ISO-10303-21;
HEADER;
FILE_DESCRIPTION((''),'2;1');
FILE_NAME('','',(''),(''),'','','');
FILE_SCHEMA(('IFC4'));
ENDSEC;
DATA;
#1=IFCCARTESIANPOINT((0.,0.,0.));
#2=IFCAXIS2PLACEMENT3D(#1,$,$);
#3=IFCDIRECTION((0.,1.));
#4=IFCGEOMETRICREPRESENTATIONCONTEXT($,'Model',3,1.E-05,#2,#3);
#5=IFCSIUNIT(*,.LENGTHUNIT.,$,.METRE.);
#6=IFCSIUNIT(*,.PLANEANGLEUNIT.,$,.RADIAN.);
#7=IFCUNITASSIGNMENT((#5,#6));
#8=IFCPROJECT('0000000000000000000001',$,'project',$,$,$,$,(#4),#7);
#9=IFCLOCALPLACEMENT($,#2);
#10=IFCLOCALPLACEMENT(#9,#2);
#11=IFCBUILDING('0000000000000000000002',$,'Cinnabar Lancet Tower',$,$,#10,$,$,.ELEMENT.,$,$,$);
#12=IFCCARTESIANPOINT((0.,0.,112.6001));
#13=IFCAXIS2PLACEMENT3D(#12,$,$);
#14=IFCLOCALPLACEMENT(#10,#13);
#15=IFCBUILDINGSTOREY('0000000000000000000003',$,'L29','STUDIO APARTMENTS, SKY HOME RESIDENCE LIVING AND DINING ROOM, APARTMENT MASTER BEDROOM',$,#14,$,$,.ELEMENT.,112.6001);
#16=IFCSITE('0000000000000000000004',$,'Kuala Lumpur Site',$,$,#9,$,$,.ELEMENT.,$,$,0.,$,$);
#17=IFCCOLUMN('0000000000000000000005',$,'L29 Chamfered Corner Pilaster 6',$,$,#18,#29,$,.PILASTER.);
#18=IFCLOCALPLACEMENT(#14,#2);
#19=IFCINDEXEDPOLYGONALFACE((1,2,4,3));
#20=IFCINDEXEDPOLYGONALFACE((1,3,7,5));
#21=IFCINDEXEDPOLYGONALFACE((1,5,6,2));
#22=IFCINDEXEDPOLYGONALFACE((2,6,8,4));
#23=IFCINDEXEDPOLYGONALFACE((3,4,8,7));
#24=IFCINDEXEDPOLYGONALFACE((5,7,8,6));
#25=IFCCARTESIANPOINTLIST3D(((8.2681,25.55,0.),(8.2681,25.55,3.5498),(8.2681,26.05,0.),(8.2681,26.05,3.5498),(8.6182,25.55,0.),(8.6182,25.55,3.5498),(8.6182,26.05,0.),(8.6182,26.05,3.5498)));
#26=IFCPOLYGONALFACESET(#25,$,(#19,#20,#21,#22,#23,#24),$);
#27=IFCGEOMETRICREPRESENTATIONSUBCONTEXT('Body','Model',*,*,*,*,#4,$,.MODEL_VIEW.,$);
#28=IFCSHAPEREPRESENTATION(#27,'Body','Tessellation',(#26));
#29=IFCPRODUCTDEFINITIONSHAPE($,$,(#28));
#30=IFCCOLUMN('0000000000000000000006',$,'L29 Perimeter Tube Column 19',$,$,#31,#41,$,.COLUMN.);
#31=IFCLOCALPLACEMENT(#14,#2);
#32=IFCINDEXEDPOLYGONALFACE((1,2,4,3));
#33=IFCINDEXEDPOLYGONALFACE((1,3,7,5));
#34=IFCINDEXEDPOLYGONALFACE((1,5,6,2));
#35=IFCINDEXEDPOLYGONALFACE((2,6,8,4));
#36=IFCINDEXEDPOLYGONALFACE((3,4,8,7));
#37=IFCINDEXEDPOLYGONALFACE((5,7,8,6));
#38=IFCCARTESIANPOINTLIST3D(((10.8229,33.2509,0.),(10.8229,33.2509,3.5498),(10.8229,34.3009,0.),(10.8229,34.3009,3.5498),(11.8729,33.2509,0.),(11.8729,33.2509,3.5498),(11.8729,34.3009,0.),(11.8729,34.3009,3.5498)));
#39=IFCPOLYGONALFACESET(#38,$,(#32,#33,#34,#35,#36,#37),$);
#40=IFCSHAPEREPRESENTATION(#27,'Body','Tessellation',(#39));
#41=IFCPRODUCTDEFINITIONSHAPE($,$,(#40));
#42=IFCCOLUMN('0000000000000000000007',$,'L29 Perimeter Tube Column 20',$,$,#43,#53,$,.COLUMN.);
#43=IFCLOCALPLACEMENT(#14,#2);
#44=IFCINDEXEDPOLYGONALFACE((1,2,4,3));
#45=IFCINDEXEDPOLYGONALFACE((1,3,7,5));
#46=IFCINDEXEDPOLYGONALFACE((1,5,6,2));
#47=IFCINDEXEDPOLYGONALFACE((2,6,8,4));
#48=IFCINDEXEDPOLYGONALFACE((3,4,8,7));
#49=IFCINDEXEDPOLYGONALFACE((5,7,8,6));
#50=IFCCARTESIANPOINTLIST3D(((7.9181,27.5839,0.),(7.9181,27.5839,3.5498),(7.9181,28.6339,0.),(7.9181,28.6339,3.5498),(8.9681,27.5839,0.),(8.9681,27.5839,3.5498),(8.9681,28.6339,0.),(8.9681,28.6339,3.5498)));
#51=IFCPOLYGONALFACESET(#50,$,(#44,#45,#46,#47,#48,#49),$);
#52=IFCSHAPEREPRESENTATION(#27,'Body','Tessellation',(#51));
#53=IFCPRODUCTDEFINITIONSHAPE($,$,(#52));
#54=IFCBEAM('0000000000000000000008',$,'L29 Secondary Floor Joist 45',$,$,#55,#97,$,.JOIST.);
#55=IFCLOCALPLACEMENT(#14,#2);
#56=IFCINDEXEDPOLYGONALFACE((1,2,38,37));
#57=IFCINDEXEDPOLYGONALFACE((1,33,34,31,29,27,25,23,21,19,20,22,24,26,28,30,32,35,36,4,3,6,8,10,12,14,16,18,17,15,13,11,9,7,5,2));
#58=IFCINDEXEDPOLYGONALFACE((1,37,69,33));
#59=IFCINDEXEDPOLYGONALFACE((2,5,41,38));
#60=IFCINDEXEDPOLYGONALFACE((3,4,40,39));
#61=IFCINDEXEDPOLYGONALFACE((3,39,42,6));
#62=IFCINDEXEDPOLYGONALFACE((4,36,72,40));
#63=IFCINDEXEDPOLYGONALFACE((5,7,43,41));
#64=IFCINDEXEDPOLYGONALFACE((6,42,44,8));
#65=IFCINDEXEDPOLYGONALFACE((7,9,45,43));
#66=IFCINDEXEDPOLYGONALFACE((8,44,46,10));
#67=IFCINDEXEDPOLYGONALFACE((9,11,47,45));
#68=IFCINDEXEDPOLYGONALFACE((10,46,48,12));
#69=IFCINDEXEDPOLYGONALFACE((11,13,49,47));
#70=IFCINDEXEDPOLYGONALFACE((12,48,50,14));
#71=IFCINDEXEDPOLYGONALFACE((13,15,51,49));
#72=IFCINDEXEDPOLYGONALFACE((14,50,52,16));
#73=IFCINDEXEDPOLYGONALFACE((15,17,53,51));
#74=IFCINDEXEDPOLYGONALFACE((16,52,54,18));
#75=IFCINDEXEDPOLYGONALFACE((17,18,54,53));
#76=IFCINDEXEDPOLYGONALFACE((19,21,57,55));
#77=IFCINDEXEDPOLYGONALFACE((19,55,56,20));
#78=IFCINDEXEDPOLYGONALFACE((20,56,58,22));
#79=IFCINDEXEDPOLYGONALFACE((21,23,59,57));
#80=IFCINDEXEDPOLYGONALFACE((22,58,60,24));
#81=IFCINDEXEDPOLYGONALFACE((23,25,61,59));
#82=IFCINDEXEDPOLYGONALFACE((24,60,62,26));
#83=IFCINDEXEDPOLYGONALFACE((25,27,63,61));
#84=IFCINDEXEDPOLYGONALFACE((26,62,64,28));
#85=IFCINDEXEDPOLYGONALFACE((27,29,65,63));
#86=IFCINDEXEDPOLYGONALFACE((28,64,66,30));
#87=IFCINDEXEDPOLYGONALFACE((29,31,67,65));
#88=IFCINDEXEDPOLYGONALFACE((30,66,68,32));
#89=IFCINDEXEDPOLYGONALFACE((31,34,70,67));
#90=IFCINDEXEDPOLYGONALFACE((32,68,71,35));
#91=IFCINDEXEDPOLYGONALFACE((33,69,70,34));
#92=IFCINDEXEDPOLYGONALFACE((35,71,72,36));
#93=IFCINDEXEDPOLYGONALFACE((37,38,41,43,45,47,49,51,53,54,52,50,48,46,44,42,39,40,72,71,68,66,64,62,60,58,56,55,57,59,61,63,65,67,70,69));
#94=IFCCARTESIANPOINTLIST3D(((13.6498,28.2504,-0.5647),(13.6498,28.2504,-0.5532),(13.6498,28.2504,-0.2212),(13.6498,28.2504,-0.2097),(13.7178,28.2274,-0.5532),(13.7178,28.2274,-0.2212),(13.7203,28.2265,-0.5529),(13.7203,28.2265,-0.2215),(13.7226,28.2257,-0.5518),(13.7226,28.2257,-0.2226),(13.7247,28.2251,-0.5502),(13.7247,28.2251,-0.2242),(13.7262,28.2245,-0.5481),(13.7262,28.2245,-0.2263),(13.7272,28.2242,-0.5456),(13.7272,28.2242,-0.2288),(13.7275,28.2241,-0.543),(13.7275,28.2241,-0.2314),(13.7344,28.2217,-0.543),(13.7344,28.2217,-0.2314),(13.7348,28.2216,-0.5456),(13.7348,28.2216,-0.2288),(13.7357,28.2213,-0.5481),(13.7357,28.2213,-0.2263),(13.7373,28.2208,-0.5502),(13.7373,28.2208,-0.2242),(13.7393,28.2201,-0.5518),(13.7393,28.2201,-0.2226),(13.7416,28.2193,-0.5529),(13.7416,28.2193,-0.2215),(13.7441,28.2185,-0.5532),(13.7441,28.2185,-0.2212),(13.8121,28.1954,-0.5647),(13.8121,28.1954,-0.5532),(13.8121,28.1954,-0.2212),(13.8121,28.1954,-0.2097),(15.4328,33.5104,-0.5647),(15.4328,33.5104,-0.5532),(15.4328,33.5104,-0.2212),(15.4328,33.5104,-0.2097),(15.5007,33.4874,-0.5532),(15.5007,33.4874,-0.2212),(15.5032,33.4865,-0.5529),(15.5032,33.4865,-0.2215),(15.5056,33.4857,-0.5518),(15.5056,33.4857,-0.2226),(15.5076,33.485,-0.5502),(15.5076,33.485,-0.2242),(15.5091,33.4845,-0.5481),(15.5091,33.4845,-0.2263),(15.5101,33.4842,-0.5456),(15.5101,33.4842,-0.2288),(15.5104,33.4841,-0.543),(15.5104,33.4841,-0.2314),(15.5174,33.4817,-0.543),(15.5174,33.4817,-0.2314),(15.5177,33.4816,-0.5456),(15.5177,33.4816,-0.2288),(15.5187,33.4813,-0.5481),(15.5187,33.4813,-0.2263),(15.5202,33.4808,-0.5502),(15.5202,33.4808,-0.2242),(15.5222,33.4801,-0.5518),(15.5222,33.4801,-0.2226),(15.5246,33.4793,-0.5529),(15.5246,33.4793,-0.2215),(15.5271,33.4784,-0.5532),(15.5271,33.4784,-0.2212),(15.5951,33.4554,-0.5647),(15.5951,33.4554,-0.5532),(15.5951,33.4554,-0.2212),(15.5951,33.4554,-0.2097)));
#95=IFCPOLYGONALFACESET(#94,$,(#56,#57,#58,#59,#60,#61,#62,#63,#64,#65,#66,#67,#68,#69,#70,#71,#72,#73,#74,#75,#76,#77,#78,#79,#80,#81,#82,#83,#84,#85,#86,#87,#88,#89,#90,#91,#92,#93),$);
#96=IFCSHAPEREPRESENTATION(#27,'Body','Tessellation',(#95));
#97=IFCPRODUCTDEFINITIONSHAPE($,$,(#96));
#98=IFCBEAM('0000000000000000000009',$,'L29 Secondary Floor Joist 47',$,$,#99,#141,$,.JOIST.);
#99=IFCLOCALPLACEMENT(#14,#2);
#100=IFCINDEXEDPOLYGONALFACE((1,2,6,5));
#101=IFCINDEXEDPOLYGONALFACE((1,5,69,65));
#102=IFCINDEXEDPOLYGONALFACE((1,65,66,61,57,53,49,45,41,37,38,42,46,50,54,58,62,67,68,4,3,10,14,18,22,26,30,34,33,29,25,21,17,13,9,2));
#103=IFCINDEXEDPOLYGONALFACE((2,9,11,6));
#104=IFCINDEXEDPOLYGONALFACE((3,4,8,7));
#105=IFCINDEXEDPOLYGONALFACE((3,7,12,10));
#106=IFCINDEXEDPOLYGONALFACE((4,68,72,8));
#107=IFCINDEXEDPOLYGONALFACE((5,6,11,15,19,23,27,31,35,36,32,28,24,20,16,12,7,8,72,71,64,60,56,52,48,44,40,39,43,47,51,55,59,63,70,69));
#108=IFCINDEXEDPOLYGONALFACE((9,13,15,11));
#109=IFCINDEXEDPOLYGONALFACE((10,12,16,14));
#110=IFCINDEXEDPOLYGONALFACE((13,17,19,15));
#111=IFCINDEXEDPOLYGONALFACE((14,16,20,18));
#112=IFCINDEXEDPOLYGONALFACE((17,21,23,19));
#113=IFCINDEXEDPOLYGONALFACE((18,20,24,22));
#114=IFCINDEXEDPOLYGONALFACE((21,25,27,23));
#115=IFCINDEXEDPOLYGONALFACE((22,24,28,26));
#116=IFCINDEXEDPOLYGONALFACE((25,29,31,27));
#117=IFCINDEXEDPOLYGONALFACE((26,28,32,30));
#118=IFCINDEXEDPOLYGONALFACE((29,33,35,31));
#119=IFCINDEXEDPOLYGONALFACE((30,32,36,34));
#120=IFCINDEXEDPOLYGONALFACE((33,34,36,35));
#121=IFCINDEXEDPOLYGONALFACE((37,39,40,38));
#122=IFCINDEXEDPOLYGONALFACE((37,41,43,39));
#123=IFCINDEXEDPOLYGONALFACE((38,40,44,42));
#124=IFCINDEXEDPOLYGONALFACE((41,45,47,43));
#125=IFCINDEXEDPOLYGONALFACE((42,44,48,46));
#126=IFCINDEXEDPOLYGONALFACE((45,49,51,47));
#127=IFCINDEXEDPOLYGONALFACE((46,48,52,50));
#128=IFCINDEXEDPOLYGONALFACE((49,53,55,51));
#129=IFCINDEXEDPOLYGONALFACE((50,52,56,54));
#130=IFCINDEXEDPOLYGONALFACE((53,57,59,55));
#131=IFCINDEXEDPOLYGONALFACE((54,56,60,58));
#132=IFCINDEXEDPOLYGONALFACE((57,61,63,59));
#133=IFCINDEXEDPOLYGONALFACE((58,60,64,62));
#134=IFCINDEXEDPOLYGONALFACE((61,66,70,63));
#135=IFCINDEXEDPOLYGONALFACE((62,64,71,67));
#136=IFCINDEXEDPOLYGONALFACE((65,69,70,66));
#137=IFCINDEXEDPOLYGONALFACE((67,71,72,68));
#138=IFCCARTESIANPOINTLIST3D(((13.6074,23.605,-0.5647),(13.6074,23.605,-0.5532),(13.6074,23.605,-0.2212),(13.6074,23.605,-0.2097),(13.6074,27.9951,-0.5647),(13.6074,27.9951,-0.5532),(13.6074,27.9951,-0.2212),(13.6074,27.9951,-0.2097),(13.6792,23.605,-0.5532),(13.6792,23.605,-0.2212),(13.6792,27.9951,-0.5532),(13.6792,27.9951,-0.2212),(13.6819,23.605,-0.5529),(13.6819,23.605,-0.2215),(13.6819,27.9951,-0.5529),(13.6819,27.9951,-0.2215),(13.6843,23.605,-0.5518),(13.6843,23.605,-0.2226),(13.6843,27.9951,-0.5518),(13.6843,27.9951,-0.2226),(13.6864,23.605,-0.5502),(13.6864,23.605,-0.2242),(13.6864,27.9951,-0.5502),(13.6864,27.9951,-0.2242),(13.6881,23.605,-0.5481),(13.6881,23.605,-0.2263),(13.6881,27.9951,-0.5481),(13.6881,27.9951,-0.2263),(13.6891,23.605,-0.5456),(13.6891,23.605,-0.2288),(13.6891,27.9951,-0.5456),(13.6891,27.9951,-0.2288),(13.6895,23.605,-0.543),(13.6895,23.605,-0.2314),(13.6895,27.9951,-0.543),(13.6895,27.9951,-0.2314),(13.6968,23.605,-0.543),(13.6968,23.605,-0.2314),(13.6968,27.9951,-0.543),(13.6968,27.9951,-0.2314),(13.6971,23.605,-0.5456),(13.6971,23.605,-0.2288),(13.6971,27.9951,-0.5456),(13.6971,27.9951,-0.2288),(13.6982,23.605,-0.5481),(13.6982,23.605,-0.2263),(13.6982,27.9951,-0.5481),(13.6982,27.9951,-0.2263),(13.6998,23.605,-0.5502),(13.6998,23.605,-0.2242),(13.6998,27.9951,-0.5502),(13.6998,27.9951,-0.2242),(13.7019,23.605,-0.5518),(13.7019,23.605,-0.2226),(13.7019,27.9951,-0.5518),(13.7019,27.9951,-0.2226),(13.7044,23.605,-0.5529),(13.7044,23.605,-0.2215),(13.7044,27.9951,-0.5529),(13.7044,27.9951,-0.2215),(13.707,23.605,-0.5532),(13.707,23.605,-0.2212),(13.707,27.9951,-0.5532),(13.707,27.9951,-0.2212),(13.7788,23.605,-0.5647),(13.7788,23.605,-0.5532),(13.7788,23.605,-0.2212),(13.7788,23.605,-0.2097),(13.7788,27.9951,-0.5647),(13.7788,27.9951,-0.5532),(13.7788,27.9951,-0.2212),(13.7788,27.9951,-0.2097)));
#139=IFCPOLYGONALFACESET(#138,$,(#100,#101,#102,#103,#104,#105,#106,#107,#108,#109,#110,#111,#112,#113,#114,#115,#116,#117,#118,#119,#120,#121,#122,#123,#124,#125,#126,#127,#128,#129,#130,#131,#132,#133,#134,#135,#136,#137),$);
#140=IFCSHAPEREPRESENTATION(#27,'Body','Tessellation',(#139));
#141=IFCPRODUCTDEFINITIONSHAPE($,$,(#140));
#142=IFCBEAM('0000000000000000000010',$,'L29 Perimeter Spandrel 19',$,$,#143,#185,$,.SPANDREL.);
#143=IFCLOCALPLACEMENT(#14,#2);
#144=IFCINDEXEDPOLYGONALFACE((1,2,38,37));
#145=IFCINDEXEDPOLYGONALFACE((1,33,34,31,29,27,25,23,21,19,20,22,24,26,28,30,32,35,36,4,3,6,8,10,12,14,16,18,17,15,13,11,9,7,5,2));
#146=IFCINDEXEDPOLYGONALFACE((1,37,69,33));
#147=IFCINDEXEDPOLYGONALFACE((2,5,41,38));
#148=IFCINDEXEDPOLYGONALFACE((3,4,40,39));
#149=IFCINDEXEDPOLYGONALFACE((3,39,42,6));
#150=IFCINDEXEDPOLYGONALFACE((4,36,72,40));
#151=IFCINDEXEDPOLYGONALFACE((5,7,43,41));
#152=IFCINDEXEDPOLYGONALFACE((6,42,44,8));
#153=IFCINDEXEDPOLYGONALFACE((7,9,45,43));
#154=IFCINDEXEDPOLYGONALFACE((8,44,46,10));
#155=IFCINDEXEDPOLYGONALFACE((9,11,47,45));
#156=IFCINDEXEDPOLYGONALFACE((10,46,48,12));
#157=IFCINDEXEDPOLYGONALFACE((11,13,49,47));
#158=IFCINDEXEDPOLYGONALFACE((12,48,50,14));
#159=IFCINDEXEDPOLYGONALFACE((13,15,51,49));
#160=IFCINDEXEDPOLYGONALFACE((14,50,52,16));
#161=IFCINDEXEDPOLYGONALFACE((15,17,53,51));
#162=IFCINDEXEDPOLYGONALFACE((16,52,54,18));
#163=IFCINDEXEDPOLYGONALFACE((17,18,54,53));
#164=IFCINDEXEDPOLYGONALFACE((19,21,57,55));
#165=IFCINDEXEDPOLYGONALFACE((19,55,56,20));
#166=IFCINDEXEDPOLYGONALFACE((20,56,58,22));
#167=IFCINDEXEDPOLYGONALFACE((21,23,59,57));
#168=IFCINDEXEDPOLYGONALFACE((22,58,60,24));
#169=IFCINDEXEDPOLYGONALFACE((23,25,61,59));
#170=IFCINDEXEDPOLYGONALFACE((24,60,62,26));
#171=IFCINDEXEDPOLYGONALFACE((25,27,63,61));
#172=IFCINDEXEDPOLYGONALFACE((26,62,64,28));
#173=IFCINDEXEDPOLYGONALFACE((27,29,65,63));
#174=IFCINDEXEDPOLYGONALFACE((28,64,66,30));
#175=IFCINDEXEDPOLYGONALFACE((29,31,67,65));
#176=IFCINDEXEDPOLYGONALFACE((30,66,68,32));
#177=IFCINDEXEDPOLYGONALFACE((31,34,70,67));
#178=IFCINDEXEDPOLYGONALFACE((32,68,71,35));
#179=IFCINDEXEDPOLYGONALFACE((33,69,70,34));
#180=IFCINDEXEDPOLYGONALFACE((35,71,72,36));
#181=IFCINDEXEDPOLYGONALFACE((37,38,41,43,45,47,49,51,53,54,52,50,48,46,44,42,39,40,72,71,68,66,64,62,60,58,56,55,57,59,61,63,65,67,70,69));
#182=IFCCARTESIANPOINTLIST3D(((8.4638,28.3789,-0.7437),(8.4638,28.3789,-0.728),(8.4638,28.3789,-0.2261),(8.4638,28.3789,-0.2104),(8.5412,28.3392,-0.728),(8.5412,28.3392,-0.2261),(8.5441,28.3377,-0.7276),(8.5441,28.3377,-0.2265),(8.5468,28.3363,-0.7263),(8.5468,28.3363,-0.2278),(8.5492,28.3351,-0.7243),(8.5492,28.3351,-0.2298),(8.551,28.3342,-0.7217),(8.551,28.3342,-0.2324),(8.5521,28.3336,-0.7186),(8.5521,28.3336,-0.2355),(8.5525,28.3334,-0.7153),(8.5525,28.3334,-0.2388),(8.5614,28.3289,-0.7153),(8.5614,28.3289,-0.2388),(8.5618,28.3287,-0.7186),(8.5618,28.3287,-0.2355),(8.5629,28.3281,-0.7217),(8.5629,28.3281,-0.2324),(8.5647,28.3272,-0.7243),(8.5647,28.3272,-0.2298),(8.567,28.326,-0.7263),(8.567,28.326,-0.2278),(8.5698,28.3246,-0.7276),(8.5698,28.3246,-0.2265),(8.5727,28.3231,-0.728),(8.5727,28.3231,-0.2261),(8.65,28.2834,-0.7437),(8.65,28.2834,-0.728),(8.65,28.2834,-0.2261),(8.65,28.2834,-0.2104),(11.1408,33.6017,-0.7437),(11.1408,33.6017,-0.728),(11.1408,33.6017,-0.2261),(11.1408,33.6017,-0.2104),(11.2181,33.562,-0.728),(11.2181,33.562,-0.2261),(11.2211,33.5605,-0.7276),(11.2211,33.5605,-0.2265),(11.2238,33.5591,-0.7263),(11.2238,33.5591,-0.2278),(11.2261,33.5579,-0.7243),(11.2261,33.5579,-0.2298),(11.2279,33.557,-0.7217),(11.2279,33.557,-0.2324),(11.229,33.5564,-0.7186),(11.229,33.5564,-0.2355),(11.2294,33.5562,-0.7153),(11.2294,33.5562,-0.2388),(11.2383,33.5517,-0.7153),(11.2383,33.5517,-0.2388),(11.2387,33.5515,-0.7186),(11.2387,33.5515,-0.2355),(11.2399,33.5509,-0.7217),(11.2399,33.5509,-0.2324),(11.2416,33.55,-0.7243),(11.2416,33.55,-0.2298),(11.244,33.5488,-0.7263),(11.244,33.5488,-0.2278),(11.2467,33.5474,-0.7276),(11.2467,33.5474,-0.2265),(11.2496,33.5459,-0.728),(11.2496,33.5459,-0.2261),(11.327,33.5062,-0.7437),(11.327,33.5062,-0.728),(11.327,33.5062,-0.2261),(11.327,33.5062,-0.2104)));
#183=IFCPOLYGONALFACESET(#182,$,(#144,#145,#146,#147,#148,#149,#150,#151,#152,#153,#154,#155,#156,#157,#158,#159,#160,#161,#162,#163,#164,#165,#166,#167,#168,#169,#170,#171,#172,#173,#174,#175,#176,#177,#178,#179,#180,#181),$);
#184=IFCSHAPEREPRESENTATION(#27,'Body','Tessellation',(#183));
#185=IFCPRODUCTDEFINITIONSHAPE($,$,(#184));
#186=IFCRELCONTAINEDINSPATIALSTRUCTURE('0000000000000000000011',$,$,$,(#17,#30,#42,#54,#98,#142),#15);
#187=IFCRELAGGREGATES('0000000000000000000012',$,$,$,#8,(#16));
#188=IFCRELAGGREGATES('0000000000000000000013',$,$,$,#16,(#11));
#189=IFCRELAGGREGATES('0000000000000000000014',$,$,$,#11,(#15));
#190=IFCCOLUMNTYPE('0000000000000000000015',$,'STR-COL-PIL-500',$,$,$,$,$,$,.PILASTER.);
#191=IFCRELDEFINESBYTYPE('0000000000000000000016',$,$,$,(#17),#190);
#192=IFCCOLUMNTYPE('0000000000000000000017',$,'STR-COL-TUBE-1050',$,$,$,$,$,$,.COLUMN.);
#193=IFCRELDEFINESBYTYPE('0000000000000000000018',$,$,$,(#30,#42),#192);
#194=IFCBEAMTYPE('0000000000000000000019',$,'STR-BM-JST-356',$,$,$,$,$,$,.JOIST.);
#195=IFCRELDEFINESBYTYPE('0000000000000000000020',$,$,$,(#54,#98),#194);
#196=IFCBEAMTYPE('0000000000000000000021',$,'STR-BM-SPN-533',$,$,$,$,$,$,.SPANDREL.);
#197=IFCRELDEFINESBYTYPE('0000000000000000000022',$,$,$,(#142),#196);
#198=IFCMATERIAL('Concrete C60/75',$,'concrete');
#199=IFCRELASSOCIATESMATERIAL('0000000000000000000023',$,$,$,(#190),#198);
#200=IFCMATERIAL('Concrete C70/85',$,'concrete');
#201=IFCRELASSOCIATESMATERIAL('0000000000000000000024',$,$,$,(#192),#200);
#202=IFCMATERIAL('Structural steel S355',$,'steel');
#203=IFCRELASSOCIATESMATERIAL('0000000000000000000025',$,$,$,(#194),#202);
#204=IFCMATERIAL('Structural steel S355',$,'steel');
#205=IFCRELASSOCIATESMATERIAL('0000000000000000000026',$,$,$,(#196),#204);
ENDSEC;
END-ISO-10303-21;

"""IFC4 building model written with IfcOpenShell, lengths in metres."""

from ifc_helpers import new_model, si_unit, direction, frame, origin, origin_2d, place, context, subcontext, project, spatial, rectangle, i_section, extrude, material, material_profile, profile_set, type_object, element, save


model = new_model("IFC4")

# Units and contexts
model_context = context("Model", 3, precision=1e-05, world=origin(), true_north=direction((0.0, 1.0)))
body_context = subcontext(model_context, "Body", "Model", "MODEL_VIEW")
ifc_project = project(units=[si_unit("LENGTHUNIT", "METRE"), si_unit("PLANEANGLEUNIT", "RADIAN")], contexts=[model_context])

# Site, building, storey
site_placement = place(None, origin())
site = spatial("IfcSite", under=ifc_project, at=site_placement, Name="Kuala Lumpur Site", CompositionType="ELEMENT", RefElevation=0.0)
building_placement = place(site_placement, origin())
building = spatial("IfcBuilding", under=site, at=building_placement, Name="Cinnabar Lancet Tower", CompositionType="ELEMENT")
storey_placement = place(building_placement, frame((0.0, 0.0, 112.6001)))
storey = spatial("IfcBuildingStorey", under=building, at=storey_placement, Name="L29", Description="STUDIO APARTMENTS, SKY HOME RESIDENCE LIVING AND DINING ROOM, APARTMENT MASTER BEDROOM", CompositionType="ELEMENT", Elevation=112.6001)

# Columns
ifc_material_1 = material(Name="Concrete C60/75", Category="concrete")
ifc_material_profile_1 = material_profile(ifc_material_1, rectangle(XDim=0.5, YDim=0.3501, at=origin_2d()), Name="RC-PIL 500x350")
ifc_profile_set_1 = profile_set([ifc_material_profile_1], Name="Concrete C60/75")
column_type_1 = type_object("IfcColumnType", Name="STR-COL-PIL-500", PredefinedType="PILASTER", material=ifc_profile_set_1)
column_placement = place(storey_placement, frame((8.4431, 25.8, 0.0), z_axis=(0.0, 0.0, 1.0), x_axis=(0.0, -1.0, 0.0)))
element("IfcColumn", 1, at=column_placement, inside=storey, type_object=column_type_1, Name="L29 Chamfered Corner Pilaster 6", PredefinedType="PILASTER", context=body_context, shape_type="SweptSolid", body=[
    extrude(rectangle(XDim=0.5, YDim=0.3501, at=origin_2d()), origin(), (0.0, 0.0, 1.0), 3.5498),
])
ifc_material_2 = material(Name="Concrete C70/85", Category="concrete")
ifc_material_profile_2 = material_profile(ifc_material_2, rectangle(XDim=1.05, YDim=1.05, at=origin_2d()), Name="RC-COL 1050x1050")
ifc_profile_set_2 = profile_set([ifc_material_profile_2], Name="Concrete C70/85")
column_type_2 = type_object("IfcColumnType", Name="STR-COL-TUBE-1050", PredefinedType="COLUMN", material=ifc_profile_set_2)
for number, where, z_axis, x_axis, name in (
    (2, (11.3479, 33.7759, 0.0), (0.0, 0.0, 1.0), (1.0, 0.0, 0.0), "L29 Perimeter Tube Column 19"),
    (3, (8.4431, 28.1089, 0.0), (0.0, 0.0, 1.0), (1.0, 0.0, 0.0), "L29 Perimeter Tube Column 20"),
):
    element("IfcColumn", number, at=place(storey_placement, frame(where, z_axis=z_axis, x_axis=x_axis)), inside=storey, type_object=column_type_2, Name=name, PredefinedType="COLUMN", context=body_context, shape_type="SweptSolid", body=[
        extrude(rectangle(XDim=1.05, YDim=1.05, at=origin_2d()), origin(), (0.0, 0.0, 1.0), 3.5498),
    ])

# Beams
ifc_material_3 = material(Name="Structural steel S355", Category="steel")
ifc_material_profile_3 = material_profile(ifc_material_3, i_section(OverallWidth=0.1714, OverallDepth=0.355, WebThickness=0.0073, FlangeThickness=0.0115, FilletRadius=0.0103, at=origin_2d()), Name="UKB 356x171x51")
ifc_profile_set_3 = profile_set([ifc_material_profile_3], Name="Structural steel S355")
beam_type_1 = type_object("IfcBeamType", Name="STR-BM-JST-356", PredefinedType="JOIST", material=ifc_profile_set_3)
beam_1_placement = place(storey_placement, frame((15.5139, 33.4829, -0.3872), z_axis=(-0.321024, -0.947071, 0.0), x_axis=(0.947071, -0.321024, 0.0)))
element("IfcBeam", 4, at=beam_1_placement, inside=storey, type_object=beam_type_1, Name="L29 Secondary Floor Joist 45", PredefinedType="JOIST", context=body_context, shape_type="SweptSolid", body=[
    extrude(i_section(OverallWidth=0.1714, OverallDepth=0.355, WebThickness=0.0073, FlangeThickness=0.0115, FilletRadius=0.0103, at=origin_2d()), origin(), (0.0, 0.0, 1.0), 5.554),
])
beam_2_placement = place(storey_placement, frame((13.6931, 27.9951, -0.3872), z_axis=(0.0, -1.0, 0.0), x_axis=(1.0, 0.0, 0.0)))
element("IfcBeam", 5, at=beam_2_placement, inside=storey, type_object=beam_type_1, Name="L29 Secondary Floor Joist 47", PredefinedType="JOIST", context=body_context, shape_type="SweptSolid", body=[
    extrude(i_section(OverallWidth=0.1714, OverallDepth=0.355, WebThickness=0.0073, FlangeThickness=0.0115, FilletRadius=0.0103, at=origin_2d()), origin(), (0.0, 0.0, 1.0), 4.3901),
])
ifc_material_4 = material(Name="Structural steel S355", Category="steel")
ifc_material_profile_4 = material_profile(ifc_material_4, i_section(OverallWidth=0.2092, OverallDepth=0.5332, WebThickness=0.01, FlangeThickness=0.0156, FilletRadius=0.0127, at=origin_2d()), Name="UKB 533x210x92")
ifc_profile_set_4 = profile_set([ifc_material_profile_4], Name="Structural steel S355")
beam_type_2 = type_object("IfcBeamType", Name="STR-BM-SPN-533", PredefinedType="SPANDREL", material=ifc_profile_set_4)
beam_3_placement = place(storey_placement, frame((11.2339, 33.554, -0.4771), z_axis=(-0.456127, -0.889915, 0.0), x_axis=(0.889915, -0.456127, 0.0)))
element("IfcBeam", 6, at=beam_3_placement, inside=storey, type_object=beam_type_2, Name="L29 Perimeter Spandrel 19", PredefinedType="SPANDREL", context=body_context, shape_type="SweptSolid", body=[
    extrude(i_section(OverallWidth=0.2092, OverallDepth=0.5332, WebThickness=0.01, FlangeThickness=0.0156, FilletRadius=0.0127, at=origin_2d()), origin(), (0.0, 0.0, 1.0), 5.8689),
])

save(model, "model.ifc")
